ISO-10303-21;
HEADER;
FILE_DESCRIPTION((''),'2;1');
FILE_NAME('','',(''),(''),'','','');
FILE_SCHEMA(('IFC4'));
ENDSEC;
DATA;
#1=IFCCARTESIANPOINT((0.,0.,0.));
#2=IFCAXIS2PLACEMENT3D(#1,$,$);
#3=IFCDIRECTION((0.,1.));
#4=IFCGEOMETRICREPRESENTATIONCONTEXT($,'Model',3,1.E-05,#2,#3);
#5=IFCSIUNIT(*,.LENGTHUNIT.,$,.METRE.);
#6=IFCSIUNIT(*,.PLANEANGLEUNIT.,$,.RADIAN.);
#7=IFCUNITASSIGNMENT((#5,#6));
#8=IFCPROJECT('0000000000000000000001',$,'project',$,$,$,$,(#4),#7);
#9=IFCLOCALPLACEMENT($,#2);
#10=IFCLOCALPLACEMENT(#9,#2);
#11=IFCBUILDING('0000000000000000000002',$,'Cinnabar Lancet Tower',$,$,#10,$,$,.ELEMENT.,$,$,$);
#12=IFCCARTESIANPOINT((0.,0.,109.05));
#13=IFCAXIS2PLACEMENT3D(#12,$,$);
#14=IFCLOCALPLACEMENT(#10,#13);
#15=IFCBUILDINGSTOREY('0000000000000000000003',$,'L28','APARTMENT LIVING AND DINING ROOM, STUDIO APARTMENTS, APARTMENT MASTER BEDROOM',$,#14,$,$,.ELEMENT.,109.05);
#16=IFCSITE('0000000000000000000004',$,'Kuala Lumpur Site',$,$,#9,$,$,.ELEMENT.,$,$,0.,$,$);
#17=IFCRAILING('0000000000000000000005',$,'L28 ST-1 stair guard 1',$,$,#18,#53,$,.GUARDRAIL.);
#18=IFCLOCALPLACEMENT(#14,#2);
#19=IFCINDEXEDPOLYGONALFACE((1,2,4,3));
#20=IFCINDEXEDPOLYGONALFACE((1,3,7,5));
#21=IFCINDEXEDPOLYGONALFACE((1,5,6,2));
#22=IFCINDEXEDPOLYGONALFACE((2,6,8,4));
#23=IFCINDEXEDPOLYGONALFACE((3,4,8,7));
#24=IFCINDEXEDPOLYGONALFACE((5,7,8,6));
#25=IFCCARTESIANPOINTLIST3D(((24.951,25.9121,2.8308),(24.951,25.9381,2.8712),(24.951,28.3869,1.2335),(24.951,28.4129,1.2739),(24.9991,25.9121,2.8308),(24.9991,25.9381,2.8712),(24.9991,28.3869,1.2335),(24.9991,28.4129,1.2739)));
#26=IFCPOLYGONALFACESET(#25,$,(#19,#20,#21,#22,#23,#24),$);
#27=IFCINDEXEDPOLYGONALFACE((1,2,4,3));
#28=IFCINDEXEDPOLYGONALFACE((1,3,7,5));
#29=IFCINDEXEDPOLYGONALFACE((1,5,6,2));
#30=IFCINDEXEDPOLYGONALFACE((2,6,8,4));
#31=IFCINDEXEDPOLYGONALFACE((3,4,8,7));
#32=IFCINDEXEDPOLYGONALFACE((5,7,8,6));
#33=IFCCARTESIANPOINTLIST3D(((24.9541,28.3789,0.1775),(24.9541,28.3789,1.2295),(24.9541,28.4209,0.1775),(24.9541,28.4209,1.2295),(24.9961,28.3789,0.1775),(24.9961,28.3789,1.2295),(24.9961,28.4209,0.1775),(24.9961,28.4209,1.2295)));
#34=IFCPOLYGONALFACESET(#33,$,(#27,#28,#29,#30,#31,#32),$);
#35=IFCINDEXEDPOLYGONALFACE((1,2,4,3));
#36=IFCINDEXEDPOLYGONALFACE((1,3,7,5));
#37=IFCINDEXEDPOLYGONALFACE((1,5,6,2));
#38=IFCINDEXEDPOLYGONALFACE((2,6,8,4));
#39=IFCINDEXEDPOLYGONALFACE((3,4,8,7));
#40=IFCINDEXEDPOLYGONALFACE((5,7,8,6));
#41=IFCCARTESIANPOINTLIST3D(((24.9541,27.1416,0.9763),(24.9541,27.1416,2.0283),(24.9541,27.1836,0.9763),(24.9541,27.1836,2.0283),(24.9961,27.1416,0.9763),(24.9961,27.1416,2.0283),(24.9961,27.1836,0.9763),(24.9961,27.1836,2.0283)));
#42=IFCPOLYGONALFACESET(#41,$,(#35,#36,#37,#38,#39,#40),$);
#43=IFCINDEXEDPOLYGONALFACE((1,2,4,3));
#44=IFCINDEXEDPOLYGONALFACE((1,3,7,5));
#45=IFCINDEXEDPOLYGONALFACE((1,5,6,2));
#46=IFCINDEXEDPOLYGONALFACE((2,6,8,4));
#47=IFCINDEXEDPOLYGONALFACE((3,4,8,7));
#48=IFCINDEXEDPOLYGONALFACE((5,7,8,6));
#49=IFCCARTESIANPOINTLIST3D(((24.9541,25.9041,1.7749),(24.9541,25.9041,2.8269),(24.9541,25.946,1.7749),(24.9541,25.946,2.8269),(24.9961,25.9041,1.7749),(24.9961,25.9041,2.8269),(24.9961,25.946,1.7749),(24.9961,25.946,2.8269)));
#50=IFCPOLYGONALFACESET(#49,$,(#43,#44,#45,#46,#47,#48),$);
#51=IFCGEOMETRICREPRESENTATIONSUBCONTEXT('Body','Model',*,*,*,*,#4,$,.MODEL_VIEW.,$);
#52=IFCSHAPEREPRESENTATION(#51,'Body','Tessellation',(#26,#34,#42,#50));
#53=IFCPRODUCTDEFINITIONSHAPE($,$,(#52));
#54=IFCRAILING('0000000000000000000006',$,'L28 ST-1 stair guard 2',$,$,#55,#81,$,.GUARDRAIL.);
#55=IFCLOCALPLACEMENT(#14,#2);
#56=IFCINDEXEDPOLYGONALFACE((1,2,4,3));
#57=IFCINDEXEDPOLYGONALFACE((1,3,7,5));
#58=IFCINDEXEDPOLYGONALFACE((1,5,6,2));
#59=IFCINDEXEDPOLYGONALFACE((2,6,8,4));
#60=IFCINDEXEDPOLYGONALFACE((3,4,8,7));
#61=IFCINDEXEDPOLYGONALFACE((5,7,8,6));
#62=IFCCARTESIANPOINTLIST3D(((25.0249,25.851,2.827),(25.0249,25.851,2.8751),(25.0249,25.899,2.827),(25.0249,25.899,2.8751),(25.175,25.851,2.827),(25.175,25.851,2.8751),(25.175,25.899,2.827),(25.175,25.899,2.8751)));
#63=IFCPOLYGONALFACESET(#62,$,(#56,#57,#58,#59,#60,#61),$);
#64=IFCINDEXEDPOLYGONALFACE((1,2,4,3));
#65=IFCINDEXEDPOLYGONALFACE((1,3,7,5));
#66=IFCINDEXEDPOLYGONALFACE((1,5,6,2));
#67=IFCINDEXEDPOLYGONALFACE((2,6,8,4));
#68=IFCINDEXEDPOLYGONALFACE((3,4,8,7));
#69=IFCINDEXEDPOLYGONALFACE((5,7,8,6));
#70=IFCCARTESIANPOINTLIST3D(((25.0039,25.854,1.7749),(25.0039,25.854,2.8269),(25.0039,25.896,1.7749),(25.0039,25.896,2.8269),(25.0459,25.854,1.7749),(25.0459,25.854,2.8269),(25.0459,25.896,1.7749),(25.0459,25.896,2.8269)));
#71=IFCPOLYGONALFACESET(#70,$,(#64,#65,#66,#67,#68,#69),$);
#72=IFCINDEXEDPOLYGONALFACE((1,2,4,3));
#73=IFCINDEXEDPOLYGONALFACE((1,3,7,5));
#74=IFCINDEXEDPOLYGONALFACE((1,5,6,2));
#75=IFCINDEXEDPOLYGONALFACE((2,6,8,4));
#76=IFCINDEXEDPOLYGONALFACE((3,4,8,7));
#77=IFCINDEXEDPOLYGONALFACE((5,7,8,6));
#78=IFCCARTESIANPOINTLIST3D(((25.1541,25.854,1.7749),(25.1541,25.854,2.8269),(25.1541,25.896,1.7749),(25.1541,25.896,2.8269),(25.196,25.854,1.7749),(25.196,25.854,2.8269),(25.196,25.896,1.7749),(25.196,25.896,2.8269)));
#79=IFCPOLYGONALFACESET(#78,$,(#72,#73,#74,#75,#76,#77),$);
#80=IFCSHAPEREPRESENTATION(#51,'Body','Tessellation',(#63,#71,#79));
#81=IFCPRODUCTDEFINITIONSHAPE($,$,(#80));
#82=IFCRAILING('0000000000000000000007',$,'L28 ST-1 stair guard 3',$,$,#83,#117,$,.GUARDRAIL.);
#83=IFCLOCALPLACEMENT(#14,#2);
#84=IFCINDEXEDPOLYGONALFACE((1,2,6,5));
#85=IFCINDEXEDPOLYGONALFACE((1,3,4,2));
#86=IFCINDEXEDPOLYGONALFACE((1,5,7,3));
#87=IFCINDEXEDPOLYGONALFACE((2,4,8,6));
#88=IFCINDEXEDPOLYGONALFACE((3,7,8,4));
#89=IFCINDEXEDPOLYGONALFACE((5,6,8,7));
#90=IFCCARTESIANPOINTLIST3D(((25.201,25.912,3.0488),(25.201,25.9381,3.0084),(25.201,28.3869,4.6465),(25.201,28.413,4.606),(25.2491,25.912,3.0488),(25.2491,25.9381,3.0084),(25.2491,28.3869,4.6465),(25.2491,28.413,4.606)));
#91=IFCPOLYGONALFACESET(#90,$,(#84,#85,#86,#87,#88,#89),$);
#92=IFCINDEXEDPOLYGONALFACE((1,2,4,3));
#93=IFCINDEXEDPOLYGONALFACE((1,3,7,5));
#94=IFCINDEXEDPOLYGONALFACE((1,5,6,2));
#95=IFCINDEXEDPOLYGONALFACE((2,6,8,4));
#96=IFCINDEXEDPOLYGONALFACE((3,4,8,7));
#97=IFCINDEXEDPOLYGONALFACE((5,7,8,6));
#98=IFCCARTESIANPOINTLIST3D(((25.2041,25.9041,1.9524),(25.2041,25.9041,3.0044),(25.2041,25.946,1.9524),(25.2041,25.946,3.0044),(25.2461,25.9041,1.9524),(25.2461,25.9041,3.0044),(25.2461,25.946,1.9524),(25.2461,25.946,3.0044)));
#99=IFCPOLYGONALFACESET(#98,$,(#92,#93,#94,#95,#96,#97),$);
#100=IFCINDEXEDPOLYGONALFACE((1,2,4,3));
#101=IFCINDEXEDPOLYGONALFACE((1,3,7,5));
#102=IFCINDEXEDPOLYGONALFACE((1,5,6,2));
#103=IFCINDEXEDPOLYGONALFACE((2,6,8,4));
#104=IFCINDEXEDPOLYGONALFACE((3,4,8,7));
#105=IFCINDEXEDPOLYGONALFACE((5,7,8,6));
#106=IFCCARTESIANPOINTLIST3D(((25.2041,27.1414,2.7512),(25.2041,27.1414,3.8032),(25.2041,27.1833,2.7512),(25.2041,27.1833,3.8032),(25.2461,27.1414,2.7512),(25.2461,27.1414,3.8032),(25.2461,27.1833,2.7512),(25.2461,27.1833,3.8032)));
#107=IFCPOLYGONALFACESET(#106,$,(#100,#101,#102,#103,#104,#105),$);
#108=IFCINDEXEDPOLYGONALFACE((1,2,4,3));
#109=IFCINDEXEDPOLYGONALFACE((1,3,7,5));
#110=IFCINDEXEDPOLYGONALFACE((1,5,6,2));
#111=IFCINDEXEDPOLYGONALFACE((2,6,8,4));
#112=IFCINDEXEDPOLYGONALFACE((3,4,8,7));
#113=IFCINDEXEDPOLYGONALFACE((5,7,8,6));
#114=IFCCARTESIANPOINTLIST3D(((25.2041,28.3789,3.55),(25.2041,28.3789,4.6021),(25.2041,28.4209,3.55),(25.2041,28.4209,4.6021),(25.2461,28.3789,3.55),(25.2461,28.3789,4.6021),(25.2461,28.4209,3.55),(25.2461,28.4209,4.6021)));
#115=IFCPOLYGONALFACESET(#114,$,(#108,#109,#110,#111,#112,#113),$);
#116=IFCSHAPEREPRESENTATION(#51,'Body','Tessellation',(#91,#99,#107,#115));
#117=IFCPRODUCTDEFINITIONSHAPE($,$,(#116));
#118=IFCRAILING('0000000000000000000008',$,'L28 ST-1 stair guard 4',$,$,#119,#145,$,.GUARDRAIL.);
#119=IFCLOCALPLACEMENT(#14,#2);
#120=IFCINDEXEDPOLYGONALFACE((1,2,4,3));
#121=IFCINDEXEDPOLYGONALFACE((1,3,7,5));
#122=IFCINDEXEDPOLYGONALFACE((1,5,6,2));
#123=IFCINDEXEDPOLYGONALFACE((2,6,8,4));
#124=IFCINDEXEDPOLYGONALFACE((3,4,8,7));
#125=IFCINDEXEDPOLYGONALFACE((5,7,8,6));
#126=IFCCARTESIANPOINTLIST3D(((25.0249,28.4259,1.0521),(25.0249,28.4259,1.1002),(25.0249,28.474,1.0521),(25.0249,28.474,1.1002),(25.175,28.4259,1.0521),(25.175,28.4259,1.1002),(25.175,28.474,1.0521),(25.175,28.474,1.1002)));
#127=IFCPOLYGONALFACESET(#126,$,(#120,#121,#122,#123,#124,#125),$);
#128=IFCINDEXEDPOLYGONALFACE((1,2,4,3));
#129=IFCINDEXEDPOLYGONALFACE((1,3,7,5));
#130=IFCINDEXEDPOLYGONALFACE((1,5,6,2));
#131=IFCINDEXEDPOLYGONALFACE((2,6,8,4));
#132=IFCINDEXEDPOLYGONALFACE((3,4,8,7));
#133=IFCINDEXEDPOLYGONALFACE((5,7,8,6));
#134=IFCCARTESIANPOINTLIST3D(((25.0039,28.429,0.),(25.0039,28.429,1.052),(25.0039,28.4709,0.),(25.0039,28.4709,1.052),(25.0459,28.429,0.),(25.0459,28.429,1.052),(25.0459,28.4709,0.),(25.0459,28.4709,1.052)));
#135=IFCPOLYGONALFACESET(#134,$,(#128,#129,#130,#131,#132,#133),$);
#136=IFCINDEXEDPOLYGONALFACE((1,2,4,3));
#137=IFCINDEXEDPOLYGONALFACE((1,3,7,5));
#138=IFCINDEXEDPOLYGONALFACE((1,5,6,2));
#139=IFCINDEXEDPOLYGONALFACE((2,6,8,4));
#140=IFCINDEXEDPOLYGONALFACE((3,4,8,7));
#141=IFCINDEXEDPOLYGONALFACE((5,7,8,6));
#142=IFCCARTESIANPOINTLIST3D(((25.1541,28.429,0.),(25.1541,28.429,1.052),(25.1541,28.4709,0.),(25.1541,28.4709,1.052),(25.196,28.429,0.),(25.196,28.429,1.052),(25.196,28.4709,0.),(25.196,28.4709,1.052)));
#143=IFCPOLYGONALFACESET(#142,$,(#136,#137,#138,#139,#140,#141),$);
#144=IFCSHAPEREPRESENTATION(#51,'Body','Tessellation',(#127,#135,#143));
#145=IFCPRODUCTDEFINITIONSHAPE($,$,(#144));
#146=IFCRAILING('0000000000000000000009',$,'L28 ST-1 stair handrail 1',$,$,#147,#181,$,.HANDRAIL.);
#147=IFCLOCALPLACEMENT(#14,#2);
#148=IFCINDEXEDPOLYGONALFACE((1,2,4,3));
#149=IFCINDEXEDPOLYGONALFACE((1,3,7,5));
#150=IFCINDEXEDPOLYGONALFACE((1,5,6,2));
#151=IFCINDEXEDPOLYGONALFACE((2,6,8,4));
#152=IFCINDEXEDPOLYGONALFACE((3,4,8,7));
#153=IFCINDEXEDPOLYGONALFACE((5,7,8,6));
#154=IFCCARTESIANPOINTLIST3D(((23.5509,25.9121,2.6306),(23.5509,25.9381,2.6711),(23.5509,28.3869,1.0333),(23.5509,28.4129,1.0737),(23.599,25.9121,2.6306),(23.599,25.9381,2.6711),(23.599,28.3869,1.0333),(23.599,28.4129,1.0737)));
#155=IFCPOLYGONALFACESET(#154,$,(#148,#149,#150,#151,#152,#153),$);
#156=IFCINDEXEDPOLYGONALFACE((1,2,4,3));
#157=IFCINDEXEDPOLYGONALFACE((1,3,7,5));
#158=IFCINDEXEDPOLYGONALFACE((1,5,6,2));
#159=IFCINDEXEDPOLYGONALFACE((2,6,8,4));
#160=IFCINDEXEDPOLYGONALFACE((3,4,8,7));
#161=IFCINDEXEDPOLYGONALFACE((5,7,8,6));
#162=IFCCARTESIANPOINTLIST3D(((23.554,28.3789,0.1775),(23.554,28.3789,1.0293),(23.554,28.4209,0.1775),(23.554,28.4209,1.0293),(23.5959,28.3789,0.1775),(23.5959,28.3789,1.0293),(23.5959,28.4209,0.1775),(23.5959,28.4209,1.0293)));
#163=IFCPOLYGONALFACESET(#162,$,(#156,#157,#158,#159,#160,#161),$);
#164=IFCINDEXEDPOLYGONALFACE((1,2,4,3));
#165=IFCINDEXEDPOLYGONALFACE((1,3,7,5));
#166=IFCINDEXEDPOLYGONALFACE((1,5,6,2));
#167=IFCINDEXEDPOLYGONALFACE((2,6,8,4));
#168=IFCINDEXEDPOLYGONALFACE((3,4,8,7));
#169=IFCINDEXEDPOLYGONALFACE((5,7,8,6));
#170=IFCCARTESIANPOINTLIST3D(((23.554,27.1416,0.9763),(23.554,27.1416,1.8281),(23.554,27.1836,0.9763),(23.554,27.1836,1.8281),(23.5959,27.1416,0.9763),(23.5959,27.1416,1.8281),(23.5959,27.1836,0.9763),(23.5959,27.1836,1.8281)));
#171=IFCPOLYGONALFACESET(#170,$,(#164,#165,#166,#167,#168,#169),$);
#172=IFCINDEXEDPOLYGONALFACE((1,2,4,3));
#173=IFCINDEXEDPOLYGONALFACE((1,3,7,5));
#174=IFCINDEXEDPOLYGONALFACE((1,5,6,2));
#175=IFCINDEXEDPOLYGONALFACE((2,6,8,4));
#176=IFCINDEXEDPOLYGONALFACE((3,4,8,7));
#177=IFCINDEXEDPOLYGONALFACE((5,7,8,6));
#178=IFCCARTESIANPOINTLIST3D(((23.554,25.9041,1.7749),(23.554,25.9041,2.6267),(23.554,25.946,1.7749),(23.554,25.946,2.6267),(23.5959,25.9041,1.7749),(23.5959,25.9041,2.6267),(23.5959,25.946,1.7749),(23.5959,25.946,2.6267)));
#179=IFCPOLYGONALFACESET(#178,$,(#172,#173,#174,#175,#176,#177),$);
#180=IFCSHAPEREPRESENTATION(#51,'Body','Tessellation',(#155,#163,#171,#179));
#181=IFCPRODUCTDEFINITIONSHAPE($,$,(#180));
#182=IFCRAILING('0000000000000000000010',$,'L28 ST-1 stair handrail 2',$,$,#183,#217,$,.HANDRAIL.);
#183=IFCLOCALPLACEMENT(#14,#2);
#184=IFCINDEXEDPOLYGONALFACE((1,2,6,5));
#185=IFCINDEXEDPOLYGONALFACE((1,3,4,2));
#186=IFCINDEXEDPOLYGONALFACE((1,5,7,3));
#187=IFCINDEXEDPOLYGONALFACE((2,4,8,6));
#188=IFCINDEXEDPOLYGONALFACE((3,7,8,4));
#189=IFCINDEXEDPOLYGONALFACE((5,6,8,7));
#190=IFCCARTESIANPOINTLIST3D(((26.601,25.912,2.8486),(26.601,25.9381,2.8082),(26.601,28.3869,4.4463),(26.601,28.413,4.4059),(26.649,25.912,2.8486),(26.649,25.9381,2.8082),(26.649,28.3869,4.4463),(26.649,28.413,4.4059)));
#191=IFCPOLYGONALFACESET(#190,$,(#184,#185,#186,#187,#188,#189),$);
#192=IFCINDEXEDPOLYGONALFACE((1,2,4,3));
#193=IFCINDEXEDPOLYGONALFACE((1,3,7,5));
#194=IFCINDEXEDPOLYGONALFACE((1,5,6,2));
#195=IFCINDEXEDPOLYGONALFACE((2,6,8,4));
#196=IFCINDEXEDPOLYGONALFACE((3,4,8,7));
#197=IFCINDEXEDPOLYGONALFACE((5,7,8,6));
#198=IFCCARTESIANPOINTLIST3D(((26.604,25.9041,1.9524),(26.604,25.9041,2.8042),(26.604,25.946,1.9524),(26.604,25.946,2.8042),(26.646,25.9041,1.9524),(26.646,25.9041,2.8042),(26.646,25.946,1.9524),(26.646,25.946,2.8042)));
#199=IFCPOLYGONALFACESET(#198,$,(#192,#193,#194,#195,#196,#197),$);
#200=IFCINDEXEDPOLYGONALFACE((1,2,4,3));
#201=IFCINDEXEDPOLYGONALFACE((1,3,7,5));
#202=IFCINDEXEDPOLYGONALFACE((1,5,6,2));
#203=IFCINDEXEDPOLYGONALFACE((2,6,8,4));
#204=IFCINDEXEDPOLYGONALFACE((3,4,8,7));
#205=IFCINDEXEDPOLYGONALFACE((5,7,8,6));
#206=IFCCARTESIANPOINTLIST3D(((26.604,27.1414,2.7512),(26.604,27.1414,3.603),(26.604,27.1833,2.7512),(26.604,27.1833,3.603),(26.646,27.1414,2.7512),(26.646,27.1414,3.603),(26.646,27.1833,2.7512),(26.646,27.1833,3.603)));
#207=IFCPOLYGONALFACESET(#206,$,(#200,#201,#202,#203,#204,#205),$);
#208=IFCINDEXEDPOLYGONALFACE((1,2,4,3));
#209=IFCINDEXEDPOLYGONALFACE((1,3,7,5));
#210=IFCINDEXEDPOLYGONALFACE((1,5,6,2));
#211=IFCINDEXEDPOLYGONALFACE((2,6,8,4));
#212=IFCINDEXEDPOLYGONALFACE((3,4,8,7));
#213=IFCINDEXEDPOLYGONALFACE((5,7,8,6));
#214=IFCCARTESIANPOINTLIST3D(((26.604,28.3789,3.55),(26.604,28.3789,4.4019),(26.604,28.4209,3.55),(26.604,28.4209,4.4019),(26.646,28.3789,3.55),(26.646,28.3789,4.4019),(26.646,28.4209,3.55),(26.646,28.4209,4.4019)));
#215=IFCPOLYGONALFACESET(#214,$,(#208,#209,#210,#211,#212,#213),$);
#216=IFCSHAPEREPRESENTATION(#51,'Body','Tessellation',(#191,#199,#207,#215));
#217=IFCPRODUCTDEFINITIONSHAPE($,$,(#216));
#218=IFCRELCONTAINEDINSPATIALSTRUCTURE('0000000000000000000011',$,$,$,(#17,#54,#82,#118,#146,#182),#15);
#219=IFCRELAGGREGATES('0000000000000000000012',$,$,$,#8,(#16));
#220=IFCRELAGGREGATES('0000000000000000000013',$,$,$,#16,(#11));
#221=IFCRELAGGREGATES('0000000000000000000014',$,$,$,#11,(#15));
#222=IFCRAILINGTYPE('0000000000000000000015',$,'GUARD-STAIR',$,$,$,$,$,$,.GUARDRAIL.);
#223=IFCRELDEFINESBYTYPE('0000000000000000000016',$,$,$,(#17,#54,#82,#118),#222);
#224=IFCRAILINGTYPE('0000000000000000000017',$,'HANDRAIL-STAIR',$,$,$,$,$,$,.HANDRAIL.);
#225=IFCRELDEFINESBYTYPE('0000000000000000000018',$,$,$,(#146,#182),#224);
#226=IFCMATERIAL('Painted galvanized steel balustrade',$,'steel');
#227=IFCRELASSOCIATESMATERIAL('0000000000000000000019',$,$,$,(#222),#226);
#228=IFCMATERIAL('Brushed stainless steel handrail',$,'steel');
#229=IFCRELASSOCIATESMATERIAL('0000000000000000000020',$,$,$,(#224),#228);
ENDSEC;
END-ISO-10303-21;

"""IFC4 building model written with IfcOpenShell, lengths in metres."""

from ifc_helpers import new_model, si_unit, direction, frame, origin, origin_2d, place, context, subcontext, project, spatial, rectangle, extrude, material, type_object, element, save


model = new_model("IFC4")

# Units and contexts
model_context = context("Model", 3, precision=1e-05, world=origin(), true_north=direction((0.0, 1.0)))
body_context = subcontext(model_context, "Body", "Model", "MODEL_VIEW")
ifc_project = project(units=[si_unit("LENGTHUNIT", "METRE"), si_unit("PLANEANGLEUNIT", "RADIAN")], contexts=[model_context])

# Site, building, storey
site_placement = place(None, origin())
site = spatial("IfcSite", under=ifc_project, at=site_placement, Name="Kuala Lumpur Site", CompositionType="ELEMENT", RefElevation=0.0)
building_placement = place(site_placement, origin())
building = spatial("IfcBuilding", under=site, at=building_placement, Name="Cinnabar Lancet Tower", CompositionType="ELEMENT")
storey_placement = place(building_placement, frame((0.0, 0.0, 109.05)))
storey = spatial("IfcBuildingStorey", under=building, at=storey_placement, Name="L28", Description="APARTMENT LIVING AND DINING ROOM, STUDIO APARTMENTS, APARTMENT MASTER BEDROOM", CompositionType="ELEMENT", Elevation=109.05)

# Railings
ifc_material_1 = material(Name="Painted galvanized steel balustrade", Category="steel")
railing_type_1 = type_object("IfcRailingType", Name="GUARD-STAIR", PredefinedType="GUARDRAIL", material=ifc_material_1)
railing_1_placement = place(storey_placement, frame((24.9751, 28.3999, 0.1775)))
element("IfcRailing", 1, at=railing_1_placement, inside=storey, type_object=railing_type_1, Name="L28 ST-1 stair guard 1", PredefinedType="GUARDRAIL", context=body_context, shape_type="SweptSolid", body=[
    extrude(rectangle(XDim=0.0481, YDim=0.0481, at=origin_2d()), frame((0.0, 0.0, 1.0762), z_axis=(0.0, -0.840183, 0.542302), x_axis=(1.0, 0.0, 0.0)), (0.0, 0.0, 1.0), 2.9456),
    extrude(rectangle(XDim=0.042, YDim=0.042, at=origin_2d()), origin(), (0.0, 0.0, 1.0), 1.052),
    extrude(rectangle(XDim=0.042, YDim=0.042, at=origin_2d()), frame((0.0, -1.2373, 0.7988)), (0.0, 0.0, 1.0), 1.052),
    extrude(rectangle(XDim=0.042, YDim=0.042, at=origin_2d()), frame((0.0, -2.4749, 1.5974)), (0.0, 0.0, 1.0), 1.052),
])
railing_2_placement = place(storey_placement, frame((25.0249, 25.875, 1.7749)))
element("IfcRailing", 2, at=railing_2_placement, inside=storey, type_object=railing_type_1, Name="L28 ST-1 stair guard 2", PredefinedType="GUARDRAIL", context=body_context, shape_type="SweptSolid", body=[
    extrude(rectangle(XDim=0.0481, YDim=0.0481, at=origin_2d()), frame((0.0, 0.0, 1.0762), z_axis=(1.0, 0.0, 0.0), x_axis=(0.0, 1.0, 0.0)), (0.0, 0.0, 1.0), 0.1501),
    extrude(rectangle(XDim=0.042, YDim=0.042, at=origin_2d()), origin(), (0.0, 0.0, 1.0), 1.052),
    extrude(rectangle(XDim=0.042, YDim=0.042, at=origin_2d()), frame((0.1501, 0.0, 0.0)), (0.0, 0.0, 1.0), 1.052),
])
railing_3_placement = place(storey_placement, frame((25.2251, 25.925, 1.9524)))
element("IfcRailing", 3, at=railing_3_placement, inside=storey, type_object=railing_type_1, Name="L28 ST-1 stair guard 3", PredefinedType="GUARDRAIL", context=body_context, shape_type="SweptSolid", body=[
    extrude(rectangle(XDim=0.0481, YDim=0.0481, at=origin_2d()), frame((0.0, 0.0, 1.0762), z_axis=(0.0, 0.840146, 0.542361), x_axis=(-1.0, 0.0, 0.0)), (0.0, 0.0, 1.0), 2.9458),
    extrude(rectangle(XDim=0.042, YDim=0.042, at=origin_2d()), origin(), (0.0, 0.0, 1.0), 1.052),
    extrude(rectangle(XDim=0.042, YDim=0.042, at=origin_2d()), frame((0.0, 1.2373, 0.7988)), (0.0, 0.0, 1.0), 1.052),
    extrude(rectangle(XDim=0.042, YDim=0.042, at=origin_2d()), frame((0.0, 2.4749, 1.5977)), (0.0, 0.0, 1.0), 1.052),
])
railing_4_placement = place(storey_placement, frame((25.0249, 28.45, 0.0)))
element("IfcRailing", 4, at=railing_4_placement, inside=storey, type_object=railing_type_1, Name="L28 ST-1 stair guard 4", PredefinedType="GUARDRAIL", context=body_context, shape_type="SweptSolid", body=[
    extrude(rectangle(XDim=0.0481, YDim=0.0481, at=origin_2d()), frame((0.0, 0.0, 1.0762), z_axis=(1.0, 0.0, 0.0), x_axis=(0.0, 1.0, 0.0)), (0.0, 0.0, 1.0), 0.1501),
    extrude(rectangle(XDim=0.042, YDim=0.042, at=origin_2d()), origin(), (0.0, 0.0, 1.0), 1.052),
    extrude(rectangle(XDim=0.042, YDim=0.042, at=origin_2d()), frame((0.1501, 0.0, 0.0)), (0.0, 0.0, 1.0), 1.052),
])
ifc_material_2 = material(Name="Brushed stainless steel handrail", Category="steel")
railing_type_2 = type_object("IfcRailingType", Name="HANDRAIL-STAIR", PredefinedType="HANDRAIL", material=ifc_material_2)
railing_5_placement = place(storey_placement, frame((23.575, 28.3999, 0.1775)))
element("IfcRailing", 5, at=railing_5_placement, inside=storey, type_object=railing_type_2, Name="L28 ST-1 stair handrail 1", PredefinedType="HANDRAIL", context=body_context, shape_type="SweptSolid", body=[
    extrude(rectangle(XDim=0.0481, YDim=0.0481, at=origin_2d()), frame((0.0, 0.0, 0.876), z_axis=(0.0, -0.840183, 0.542302), x_axis=(1.0, 0.0, 0.0)), (0.0, 0.0, 1.0), 2.9456),
    extrude(rectangle(XDim=0.042, YDim=0.042, at=origin_2d()), origin(), (0.0, 0.0, 1.0), 0.8518),
    extrude(rectangle(XDim=0.042, YDim=0.042, at=origin_2d()), frame((0.0, -1.2373, 0.7988)), (0.0, 0.0, 1.0), 0.8518),
    extrude(rectangle(XDim=0.042, YDim=0.042, at=origin_2d()), frame((0.0, -2.4749, 1.5974)), (0.0, 0.0, 1.0), 0.8518),
])
railing_6_placement = place(storey_placement, frame((26.625, 25.925, 1.9524)))
element("IfcRailing", 6, at=railing_6_placement, inside=storey, type_object=railing_type_2, Name="L28 ST-1 stair handrail 2", PredefinedType="HANDRAIL", context=body_context, shape_type="SweptSolid", body=[
    extrude(rectangle(XDim=0.0481, YDim=0.0481, at=origin_2d()), frame((0.0, 0.0, 0.876), z_axis=(0.0, 0.840146, 0.542361), x_axis=(-1.0, 0.0, 0.0)), (0.0, 0.0, 1.0), 2.9458),
    extrude(rectangle(XDim=0.042, YDim=0.042, at=origin_2d()), origin(), (0.0, 0.0, 1.0), 0.8518),
    extrude(rectangle(XDim=0.042, YDim=0.042, at=origin_2d()), frame((0.0, 1.2373, 0.7988)), (0.0, 0.0, 1.0), 0.8518),
    extrude(rectangle(XDim=0.042, YDim=0.042, at=origin_2d()), frame((0.0, 2.4749, 1.5977)), (0.0, 0.0, 1.0), 0.8518),
])

save(model, "model.ifc")
